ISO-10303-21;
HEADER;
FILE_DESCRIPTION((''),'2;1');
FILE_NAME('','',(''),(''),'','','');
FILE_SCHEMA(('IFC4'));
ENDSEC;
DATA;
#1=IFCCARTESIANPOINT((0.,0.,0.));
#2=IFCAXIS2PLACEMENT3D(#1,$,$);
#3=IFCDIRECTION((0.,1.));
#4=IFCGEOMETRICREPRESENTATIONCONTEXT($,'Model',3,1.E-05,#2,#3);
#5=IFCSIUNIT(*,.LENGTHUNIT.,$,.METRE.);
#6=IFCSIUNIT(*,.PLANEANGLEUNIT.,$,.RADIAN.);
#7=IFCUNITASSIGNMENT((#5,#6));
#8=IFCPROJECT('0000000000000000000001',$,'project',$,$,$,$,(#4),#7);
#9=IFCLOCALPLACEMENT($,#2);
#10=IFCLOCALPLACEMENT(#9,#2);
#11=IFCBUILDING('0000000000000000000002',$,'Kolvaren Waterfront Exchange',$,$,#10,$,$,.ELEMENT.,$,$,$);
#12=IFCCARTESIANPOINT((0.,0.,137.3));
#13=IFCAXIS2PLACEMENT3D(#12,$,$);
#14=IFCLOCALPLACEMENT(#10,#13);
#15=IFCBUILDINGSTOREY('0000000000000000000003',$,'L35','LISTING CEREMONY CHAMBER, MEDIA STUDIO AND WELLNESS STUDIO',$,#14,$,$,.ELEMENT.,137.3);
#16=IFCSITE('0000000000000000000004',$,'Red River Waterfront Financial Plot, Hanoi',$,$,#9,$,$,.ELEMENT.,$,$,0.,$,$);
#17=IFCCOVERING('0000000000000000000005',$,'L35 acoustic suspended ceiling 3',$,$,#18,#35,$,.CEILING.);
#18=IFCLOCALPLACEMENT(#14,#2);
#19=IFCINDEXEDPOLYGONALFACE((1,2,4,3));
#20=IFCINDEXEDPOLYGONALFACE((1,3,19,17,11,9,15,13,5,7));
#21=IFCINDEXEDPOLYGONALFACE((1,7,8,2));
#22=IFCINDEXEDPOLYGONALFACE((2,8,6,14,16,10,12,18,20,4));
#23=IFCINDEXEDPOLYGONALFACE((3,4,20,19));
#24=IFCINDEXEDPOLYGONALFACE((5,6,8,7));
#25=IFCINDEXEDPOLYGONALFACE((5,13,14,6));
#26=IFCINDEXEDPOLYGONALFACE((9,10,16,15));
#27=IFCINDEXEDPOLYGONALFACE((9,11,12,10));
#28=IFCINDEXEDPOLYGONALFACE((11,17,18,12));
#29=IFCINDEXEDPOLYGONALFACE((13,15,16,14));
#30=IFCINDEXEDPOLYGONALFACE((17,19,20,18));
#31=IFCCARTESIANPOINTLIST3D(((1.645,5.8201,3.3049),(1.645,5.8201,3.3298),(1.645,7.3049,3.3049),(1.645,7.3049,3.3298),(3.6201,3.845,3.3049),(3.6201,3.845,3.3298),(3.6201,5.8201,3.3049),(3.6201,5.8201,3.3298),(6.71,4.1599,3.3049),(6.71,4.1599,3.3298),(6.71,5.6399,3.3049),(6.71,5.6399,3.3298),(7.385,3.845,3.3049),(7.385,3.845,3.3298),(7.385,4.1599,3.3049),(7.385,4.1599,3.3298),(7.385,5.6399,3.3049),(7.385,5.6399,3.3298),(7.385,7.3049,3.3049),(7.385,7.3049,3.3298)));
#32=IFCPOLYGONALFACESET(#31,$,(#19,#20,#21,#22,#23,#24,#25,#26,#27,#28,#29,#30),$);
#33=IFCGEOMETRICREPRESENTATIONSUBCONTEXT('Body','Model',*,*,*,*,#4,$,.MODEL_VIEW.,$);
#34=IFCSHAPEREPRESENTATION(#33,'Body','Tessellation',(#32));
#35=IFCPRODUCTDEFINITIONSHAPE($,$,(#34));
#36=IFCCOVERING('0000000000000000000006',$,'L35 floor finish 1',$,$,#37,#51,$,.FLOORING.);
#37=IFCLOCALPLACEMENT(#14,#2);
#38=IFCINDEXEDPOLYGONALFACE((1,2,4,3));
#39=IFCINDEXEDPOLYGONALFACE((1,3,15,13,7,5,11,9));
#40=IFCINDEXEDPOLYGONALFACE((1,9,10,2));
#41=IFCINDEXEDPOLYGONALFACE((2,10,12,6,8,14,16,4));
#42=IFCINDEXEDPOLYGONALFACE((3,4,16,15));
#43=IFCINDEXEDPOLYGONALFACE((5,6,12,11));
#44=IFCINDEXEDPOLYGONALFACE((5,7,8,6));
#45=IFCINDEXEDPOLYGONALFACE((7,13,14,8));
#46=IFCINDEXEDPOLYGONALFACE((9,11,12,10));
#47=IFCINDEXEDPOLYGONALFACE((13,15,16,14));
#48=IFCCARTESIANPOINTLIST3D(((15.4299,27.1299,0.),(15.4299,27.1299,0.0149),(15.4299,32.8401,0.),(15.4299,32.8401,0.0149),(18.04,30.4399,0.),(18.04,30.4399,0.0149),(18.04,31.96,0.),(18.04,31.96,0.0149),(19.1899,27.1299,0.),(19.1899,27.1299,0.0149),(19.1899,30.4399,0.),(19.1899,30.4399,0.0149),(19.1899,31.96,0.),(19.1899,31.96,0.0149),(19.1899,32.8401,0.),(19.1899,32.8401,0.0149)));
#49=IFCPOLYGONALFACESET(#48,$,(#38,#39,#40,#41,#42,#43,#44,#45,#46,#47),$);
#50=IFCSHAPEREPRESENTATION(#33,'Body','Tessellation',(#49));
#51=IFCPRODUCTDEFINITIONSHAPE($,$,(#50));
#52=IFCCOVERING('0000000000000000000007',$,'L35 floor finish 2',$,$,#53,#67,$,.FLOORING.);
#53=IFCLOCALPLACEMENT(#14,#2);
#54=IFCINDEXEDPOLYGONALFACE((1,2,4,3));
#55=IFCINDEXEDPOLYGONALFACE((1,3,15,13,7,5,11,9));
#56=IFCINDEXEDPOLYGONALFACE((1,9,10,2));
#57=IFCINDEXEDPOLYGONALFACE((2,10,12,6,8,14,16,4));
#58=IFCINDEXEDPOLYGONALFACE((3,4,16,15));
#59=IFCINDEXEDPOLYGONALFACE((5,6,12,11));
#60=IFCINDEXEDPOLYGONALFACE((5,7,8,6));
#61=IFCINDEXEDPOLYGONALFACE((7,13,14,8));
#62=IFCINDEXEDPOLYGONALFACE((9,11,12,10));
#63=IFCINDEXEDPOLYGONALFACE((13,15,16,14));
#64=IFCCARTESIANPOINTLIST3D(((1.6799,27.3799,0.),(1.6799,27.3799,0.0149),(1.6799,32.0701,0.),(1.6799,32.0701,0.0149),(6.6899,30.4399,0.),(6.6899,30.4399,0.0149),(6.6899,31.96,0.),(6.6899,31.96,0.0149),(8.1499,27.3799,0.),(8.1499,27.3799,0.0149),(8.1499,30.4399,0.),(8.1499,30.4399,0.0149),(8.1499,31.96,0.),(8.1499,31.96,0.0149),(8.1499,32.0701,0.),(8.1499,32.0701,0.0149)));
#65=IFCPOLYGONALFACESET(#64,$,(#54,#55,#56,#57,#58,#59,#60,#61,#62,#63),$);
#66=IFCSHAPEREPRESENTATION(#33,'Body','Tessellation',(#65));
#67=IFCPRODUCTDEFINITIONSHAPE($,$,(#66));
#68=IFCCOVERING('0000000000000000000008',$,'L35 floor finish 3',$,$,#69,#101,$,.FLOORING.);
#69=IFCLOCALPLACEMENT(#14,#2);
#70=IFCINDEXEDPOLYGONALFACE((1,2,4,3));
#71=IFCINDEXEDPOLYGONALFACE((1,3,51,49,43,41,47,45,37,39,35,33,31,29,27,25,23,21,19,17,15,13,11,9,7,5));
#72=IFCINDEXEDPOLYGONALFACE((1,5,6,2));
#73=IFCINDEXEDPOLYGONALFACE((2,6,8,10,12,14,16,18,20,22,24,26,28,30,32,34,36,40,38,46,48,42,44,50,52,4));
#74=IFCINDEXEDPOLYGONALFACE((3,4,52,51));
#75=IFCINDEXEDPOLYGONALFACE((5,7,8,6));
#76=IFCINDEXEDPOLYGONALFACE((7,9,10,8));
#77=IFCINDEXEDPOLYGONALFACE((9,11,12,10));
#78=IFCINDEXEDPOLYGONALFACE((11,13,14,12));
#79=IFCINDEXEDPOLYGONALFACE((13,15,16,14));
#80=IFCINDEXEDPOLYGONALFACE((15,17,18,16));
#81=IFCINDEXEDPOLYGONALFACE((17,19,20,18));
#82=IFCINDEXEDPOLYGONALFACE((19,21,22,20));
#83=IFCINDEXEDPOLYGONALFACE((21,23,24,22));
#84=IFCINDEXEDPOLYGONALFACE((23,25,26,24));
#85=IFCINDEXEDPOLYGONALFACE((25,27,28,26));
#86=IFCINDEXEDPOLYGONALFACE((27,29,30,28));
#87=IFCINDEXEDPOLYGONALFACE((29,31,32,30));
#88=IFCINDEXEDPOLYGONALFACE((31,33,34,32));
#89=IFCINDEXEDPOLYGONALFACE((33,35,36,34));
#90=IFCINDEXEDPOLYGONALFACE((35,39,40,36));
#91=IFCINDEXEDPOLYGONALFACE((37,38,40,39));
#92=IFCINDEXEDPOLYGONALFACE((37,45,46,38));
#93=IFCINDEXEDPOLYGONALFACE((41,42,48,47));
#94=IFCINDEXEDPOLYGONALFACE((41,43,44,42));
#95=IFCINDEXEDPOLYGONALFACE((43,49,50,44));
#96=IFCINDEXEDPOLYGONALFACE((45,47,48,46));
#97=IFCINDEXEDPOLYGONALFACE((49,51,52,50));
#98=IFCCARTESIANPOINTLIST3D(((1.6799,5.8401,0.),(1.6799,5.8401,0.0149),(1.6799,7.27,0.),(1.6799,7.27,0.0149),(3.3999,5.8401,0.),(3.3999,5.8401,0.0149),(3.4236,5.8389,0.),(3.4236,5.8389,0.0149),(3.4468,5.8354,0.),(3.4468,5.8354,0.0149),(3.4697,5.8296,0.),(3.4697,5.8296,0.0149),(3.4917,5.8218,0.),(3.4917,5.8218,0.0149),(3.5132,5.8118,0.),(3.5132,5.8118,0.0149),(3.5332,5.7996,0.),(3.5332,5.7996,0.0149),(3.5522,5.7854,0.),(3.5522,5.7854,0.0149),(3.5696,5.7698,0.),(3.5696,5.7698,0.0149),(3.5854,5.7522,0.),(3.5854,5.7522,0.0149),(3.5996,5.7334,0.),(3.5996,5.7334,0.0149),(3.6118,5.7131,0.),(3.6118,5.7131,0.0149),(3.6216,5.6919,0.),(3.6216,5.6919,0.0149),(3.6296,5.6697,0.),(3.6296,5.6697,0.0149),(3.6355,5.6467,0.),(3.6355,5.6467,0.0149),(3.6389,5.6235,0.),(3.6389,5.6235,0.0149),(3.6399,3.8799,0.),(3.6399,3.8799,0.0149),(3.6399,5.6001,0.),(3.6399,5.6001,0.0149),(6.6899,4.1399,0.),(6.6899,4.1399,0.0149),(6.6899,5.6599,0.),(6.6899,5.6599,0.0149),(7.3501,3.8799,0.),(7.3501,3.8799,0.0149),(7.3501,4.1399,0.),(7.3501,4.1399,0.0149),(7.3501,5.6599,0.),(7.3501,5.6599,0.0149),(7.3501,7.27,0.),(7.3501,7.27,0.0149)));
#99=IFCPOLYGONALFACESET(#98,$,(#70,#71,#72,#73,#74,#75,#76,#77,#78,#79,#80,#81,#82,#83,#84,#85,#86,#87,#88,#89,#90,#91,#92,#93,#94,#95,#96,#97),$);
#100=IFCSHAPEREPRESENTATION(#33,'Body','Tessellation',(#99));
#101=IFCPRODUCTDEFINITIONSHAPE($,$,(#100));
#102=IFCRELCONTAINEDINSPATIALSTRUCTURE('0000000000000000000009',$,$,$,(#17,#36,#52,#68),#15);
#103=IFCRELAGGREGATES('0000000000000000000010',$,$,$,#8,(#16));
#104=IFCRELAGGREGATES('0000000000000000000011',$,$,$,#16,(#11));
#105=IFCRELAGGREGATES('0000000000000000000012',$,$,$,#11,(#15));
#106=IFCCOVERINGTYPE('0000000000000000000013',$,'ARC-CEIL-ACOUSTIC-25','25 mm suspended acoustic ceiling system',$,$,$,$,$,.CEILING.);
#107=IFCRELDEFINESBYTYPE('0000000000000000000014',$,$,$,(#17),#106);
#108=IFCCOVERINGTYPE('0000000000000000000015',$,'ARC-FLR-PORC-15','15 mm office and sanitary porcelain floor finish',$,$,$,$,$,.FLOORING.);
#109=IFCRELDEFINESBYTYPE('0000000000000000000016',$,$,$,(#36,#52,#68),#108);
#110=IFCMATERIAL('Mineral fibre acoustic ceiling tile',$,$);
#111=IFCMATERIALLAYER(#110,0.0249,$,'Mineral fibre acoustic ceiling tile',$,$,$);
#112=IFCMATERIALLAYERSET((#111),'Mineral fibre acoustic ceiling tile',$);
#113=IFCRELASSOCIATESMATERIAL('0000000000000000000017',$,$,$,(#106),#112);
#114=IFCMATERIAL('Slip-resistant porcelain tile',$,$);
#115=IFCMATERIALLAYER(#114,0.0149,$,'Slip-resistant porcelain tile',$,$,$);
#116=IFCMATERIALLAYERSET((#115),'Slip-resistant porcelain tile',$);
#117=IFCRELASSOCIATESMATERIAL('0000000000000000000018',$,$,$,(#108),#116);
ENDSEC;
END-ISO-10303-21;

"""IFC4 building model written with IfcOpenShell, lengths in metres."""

from ifc_helpers import new_model, si_unit, direction, frame, origin, place, context, subcontext, project, spatial, polyline, outline, extrude, material, layer, layer_set, type_object, element, save


model = new_model("IFC4")

# Units and contexts
model_context = context("Model", 3, precision=1e-05, world=origin(), true_north=direction((0.0, 1.0)))
body_context = subcontext(model_context, "Body", "Model", "MODEL_VIEW")
ifc_project = project(units=[si_unit("LENGTHUNIT", "METRE"), si_unit("PLANEANGLEUNIT", "RADIAN")], contexts=[model_context])

# Site, building, storey
site_placement = place(None, origin())
site = spatial("IfcSite", under=ifc_project, at=site_placement, Name="Red River Waterfront Financial Plot, Hanoi", CompositionType="ELEMENT", RefElevation=0.0)
building_placement = place(site_placement, origin())
building = spatial("IfcBuilding", under=site, at=building_placement, Name="Kolvaren Waterfront Exchange", CompositionType="ELEMENT")
storey_placement = place(building_placement, frame((0.0, 0.0, 137.3)))
storey = spatial("IfcBuildingStorey", under=building, at=storey_placement, Name="L35", Description="LISTING CEREMONY CHAMBER, MEDIA STUDIO AND WELLNESS STUDIO", CompositionType="ELEMENT", Elevation=137.3)

# Coverings
ifc_material_1 = material(Name="Mineral fibre acoustic ceiling tile")
ifc_layer_1 = layer(ifc_material_1, 0.0249, Name="Mineral fibre acoustic ceiling tile")
ifc_layer_set_1 = layer_set([ifc_layer_1], Name="Mineral fibre acoustic ceiling tile")
covering_type_1 = type_object("IfcCoveringType", Name="ARC-CEIL-ACOUSTIC-25", Description="25 mm suspended acoustic ceiling system", PredefinedType="CEILING", material=ifc_layer_set_1)
covering_1_placement = place(storey_placement, frame((0.0, 0.0, 3.3049)))
element("IfcCovering", 1, at=covering_1_placement, inside=storey, type_object=covering_type_1, Name="L35 acoustic suspended ceiling 3", PredefinedType="CEILING", context=body_context, shape_type="SweptSolid", body=[
    extrude(outline(polyline([(7.385, 4.1599), (6.71, 4.1599), (6.71, 5.6399), (7.385, 5.6399), (7.385, 7.3049), (1.645, 7.3049), (1.645, 5.8201), (3.6201, 5.8201), (3.6201, 3.845), (7.385, 3.845), (7.385, 4.1599)])), origin(), (0.0, 0.0, 1.0), 0.0249),
])
ifc_material_2 = material(Name="Slip-resistant porcelain tile")
ifc_layer_2 = layer(ifc_material_2, 0.0149, Name="Slip-resistant porcelain tile")
ifc_layer_set_2 = layer_set([ifc_layer_2], Name="Slip-resistant porcelain tile")
covering_type_2 = type_object("IfcCoveringType", Name="ARC-FLR-PORC-15", Description="15 mm office and sanitary porcelain floor finish", PredefinedType="FLOORING", material=ifc_layer_set_2)
covering_2_placement = place(storey_placement, origin())
element("IfcCovering", 2, at=covering_2_placement, inside=storey, type_object=covering_type_2, Name="L35 floor finish 1", PredefinedType="FLOORING", context=body_context, shape_type="SweptSolid", body=[
    extrude(outline(polyline([(15.4299, 32.8401), (15.4299, 27.1299), (19.1899, 27.1299), (19.1899, 30.4399), (18.04, 30.4399), (18.04, 31.96), (19.1899, 31.96), (19.1899, 32.8401), (15.4299, 32.8401)])), origin(), (0.0, 0.0, 1.0), 0.0149),
])
covering_3_placement = place(storey_placement, origin())
element("IfcCovering", 3, at=covering_3_placement, inside=storey, type_object=covering_type_2, Name="L35 floor finish 2", PredefinedType="FLOORING", context=body_context, shape_type="SweptSolid", body=[
    extrude(outline(polyline([(1.6799, 32.0701), (1.6799, 27.3799), (8.1499, 27.3799), (8.1499, 30.4399), (6.6899, 30.4399), (6.6899, 31.96), (8.1499, 31.96), (8.1499, 32.0701), (1.6799, 32.0701)])), origin(), (0.0, 0.0, 1.0), 0.0149),
])
covering_4_placement = place(storey_placement, origin())
element("IfcCovering", 4, at=covering_4_placement, inside=storey, type_object=covering_type_2, Name="L35 floor finish 3", PredefinedType="FLOORING", context=body_context, shape_type="SweptSolid", body=[
    extrude(outline(polyline([(7.3501, 7.27), (1.6799, 7.27), (1.6799, 5.8401), (3.3999, 5.8401), (3.4236, 5.8389), (3.4468, 5.8354), (3.4697, 5.8296), (3.4917, 5.8218), (3.5132, 5.8118), (3.5332, 5.7996), (3.5522, 5.7854), (3.5696, 5.7698), (3.5854, 5.7522), (3.5996, 5.7334), (3.6118, 5.7131), (3.6216, 5.6919), (3.6296, 5.6697), (3.6355, 5.6467), (3.6389, 5.6235), (3.6399, 5.6001), (3.6399, 3.8799), (7.3501, 3.8799), (7.3501, 4.1399), (6.6899, 4.1399), (6.6899, 5.6599), (7.3501, 5.6599), (7.3501, 7.27)])), origin(), (0.0, 0.0, 1.0), 0.0149),
])

save(model, "model.ifc")
